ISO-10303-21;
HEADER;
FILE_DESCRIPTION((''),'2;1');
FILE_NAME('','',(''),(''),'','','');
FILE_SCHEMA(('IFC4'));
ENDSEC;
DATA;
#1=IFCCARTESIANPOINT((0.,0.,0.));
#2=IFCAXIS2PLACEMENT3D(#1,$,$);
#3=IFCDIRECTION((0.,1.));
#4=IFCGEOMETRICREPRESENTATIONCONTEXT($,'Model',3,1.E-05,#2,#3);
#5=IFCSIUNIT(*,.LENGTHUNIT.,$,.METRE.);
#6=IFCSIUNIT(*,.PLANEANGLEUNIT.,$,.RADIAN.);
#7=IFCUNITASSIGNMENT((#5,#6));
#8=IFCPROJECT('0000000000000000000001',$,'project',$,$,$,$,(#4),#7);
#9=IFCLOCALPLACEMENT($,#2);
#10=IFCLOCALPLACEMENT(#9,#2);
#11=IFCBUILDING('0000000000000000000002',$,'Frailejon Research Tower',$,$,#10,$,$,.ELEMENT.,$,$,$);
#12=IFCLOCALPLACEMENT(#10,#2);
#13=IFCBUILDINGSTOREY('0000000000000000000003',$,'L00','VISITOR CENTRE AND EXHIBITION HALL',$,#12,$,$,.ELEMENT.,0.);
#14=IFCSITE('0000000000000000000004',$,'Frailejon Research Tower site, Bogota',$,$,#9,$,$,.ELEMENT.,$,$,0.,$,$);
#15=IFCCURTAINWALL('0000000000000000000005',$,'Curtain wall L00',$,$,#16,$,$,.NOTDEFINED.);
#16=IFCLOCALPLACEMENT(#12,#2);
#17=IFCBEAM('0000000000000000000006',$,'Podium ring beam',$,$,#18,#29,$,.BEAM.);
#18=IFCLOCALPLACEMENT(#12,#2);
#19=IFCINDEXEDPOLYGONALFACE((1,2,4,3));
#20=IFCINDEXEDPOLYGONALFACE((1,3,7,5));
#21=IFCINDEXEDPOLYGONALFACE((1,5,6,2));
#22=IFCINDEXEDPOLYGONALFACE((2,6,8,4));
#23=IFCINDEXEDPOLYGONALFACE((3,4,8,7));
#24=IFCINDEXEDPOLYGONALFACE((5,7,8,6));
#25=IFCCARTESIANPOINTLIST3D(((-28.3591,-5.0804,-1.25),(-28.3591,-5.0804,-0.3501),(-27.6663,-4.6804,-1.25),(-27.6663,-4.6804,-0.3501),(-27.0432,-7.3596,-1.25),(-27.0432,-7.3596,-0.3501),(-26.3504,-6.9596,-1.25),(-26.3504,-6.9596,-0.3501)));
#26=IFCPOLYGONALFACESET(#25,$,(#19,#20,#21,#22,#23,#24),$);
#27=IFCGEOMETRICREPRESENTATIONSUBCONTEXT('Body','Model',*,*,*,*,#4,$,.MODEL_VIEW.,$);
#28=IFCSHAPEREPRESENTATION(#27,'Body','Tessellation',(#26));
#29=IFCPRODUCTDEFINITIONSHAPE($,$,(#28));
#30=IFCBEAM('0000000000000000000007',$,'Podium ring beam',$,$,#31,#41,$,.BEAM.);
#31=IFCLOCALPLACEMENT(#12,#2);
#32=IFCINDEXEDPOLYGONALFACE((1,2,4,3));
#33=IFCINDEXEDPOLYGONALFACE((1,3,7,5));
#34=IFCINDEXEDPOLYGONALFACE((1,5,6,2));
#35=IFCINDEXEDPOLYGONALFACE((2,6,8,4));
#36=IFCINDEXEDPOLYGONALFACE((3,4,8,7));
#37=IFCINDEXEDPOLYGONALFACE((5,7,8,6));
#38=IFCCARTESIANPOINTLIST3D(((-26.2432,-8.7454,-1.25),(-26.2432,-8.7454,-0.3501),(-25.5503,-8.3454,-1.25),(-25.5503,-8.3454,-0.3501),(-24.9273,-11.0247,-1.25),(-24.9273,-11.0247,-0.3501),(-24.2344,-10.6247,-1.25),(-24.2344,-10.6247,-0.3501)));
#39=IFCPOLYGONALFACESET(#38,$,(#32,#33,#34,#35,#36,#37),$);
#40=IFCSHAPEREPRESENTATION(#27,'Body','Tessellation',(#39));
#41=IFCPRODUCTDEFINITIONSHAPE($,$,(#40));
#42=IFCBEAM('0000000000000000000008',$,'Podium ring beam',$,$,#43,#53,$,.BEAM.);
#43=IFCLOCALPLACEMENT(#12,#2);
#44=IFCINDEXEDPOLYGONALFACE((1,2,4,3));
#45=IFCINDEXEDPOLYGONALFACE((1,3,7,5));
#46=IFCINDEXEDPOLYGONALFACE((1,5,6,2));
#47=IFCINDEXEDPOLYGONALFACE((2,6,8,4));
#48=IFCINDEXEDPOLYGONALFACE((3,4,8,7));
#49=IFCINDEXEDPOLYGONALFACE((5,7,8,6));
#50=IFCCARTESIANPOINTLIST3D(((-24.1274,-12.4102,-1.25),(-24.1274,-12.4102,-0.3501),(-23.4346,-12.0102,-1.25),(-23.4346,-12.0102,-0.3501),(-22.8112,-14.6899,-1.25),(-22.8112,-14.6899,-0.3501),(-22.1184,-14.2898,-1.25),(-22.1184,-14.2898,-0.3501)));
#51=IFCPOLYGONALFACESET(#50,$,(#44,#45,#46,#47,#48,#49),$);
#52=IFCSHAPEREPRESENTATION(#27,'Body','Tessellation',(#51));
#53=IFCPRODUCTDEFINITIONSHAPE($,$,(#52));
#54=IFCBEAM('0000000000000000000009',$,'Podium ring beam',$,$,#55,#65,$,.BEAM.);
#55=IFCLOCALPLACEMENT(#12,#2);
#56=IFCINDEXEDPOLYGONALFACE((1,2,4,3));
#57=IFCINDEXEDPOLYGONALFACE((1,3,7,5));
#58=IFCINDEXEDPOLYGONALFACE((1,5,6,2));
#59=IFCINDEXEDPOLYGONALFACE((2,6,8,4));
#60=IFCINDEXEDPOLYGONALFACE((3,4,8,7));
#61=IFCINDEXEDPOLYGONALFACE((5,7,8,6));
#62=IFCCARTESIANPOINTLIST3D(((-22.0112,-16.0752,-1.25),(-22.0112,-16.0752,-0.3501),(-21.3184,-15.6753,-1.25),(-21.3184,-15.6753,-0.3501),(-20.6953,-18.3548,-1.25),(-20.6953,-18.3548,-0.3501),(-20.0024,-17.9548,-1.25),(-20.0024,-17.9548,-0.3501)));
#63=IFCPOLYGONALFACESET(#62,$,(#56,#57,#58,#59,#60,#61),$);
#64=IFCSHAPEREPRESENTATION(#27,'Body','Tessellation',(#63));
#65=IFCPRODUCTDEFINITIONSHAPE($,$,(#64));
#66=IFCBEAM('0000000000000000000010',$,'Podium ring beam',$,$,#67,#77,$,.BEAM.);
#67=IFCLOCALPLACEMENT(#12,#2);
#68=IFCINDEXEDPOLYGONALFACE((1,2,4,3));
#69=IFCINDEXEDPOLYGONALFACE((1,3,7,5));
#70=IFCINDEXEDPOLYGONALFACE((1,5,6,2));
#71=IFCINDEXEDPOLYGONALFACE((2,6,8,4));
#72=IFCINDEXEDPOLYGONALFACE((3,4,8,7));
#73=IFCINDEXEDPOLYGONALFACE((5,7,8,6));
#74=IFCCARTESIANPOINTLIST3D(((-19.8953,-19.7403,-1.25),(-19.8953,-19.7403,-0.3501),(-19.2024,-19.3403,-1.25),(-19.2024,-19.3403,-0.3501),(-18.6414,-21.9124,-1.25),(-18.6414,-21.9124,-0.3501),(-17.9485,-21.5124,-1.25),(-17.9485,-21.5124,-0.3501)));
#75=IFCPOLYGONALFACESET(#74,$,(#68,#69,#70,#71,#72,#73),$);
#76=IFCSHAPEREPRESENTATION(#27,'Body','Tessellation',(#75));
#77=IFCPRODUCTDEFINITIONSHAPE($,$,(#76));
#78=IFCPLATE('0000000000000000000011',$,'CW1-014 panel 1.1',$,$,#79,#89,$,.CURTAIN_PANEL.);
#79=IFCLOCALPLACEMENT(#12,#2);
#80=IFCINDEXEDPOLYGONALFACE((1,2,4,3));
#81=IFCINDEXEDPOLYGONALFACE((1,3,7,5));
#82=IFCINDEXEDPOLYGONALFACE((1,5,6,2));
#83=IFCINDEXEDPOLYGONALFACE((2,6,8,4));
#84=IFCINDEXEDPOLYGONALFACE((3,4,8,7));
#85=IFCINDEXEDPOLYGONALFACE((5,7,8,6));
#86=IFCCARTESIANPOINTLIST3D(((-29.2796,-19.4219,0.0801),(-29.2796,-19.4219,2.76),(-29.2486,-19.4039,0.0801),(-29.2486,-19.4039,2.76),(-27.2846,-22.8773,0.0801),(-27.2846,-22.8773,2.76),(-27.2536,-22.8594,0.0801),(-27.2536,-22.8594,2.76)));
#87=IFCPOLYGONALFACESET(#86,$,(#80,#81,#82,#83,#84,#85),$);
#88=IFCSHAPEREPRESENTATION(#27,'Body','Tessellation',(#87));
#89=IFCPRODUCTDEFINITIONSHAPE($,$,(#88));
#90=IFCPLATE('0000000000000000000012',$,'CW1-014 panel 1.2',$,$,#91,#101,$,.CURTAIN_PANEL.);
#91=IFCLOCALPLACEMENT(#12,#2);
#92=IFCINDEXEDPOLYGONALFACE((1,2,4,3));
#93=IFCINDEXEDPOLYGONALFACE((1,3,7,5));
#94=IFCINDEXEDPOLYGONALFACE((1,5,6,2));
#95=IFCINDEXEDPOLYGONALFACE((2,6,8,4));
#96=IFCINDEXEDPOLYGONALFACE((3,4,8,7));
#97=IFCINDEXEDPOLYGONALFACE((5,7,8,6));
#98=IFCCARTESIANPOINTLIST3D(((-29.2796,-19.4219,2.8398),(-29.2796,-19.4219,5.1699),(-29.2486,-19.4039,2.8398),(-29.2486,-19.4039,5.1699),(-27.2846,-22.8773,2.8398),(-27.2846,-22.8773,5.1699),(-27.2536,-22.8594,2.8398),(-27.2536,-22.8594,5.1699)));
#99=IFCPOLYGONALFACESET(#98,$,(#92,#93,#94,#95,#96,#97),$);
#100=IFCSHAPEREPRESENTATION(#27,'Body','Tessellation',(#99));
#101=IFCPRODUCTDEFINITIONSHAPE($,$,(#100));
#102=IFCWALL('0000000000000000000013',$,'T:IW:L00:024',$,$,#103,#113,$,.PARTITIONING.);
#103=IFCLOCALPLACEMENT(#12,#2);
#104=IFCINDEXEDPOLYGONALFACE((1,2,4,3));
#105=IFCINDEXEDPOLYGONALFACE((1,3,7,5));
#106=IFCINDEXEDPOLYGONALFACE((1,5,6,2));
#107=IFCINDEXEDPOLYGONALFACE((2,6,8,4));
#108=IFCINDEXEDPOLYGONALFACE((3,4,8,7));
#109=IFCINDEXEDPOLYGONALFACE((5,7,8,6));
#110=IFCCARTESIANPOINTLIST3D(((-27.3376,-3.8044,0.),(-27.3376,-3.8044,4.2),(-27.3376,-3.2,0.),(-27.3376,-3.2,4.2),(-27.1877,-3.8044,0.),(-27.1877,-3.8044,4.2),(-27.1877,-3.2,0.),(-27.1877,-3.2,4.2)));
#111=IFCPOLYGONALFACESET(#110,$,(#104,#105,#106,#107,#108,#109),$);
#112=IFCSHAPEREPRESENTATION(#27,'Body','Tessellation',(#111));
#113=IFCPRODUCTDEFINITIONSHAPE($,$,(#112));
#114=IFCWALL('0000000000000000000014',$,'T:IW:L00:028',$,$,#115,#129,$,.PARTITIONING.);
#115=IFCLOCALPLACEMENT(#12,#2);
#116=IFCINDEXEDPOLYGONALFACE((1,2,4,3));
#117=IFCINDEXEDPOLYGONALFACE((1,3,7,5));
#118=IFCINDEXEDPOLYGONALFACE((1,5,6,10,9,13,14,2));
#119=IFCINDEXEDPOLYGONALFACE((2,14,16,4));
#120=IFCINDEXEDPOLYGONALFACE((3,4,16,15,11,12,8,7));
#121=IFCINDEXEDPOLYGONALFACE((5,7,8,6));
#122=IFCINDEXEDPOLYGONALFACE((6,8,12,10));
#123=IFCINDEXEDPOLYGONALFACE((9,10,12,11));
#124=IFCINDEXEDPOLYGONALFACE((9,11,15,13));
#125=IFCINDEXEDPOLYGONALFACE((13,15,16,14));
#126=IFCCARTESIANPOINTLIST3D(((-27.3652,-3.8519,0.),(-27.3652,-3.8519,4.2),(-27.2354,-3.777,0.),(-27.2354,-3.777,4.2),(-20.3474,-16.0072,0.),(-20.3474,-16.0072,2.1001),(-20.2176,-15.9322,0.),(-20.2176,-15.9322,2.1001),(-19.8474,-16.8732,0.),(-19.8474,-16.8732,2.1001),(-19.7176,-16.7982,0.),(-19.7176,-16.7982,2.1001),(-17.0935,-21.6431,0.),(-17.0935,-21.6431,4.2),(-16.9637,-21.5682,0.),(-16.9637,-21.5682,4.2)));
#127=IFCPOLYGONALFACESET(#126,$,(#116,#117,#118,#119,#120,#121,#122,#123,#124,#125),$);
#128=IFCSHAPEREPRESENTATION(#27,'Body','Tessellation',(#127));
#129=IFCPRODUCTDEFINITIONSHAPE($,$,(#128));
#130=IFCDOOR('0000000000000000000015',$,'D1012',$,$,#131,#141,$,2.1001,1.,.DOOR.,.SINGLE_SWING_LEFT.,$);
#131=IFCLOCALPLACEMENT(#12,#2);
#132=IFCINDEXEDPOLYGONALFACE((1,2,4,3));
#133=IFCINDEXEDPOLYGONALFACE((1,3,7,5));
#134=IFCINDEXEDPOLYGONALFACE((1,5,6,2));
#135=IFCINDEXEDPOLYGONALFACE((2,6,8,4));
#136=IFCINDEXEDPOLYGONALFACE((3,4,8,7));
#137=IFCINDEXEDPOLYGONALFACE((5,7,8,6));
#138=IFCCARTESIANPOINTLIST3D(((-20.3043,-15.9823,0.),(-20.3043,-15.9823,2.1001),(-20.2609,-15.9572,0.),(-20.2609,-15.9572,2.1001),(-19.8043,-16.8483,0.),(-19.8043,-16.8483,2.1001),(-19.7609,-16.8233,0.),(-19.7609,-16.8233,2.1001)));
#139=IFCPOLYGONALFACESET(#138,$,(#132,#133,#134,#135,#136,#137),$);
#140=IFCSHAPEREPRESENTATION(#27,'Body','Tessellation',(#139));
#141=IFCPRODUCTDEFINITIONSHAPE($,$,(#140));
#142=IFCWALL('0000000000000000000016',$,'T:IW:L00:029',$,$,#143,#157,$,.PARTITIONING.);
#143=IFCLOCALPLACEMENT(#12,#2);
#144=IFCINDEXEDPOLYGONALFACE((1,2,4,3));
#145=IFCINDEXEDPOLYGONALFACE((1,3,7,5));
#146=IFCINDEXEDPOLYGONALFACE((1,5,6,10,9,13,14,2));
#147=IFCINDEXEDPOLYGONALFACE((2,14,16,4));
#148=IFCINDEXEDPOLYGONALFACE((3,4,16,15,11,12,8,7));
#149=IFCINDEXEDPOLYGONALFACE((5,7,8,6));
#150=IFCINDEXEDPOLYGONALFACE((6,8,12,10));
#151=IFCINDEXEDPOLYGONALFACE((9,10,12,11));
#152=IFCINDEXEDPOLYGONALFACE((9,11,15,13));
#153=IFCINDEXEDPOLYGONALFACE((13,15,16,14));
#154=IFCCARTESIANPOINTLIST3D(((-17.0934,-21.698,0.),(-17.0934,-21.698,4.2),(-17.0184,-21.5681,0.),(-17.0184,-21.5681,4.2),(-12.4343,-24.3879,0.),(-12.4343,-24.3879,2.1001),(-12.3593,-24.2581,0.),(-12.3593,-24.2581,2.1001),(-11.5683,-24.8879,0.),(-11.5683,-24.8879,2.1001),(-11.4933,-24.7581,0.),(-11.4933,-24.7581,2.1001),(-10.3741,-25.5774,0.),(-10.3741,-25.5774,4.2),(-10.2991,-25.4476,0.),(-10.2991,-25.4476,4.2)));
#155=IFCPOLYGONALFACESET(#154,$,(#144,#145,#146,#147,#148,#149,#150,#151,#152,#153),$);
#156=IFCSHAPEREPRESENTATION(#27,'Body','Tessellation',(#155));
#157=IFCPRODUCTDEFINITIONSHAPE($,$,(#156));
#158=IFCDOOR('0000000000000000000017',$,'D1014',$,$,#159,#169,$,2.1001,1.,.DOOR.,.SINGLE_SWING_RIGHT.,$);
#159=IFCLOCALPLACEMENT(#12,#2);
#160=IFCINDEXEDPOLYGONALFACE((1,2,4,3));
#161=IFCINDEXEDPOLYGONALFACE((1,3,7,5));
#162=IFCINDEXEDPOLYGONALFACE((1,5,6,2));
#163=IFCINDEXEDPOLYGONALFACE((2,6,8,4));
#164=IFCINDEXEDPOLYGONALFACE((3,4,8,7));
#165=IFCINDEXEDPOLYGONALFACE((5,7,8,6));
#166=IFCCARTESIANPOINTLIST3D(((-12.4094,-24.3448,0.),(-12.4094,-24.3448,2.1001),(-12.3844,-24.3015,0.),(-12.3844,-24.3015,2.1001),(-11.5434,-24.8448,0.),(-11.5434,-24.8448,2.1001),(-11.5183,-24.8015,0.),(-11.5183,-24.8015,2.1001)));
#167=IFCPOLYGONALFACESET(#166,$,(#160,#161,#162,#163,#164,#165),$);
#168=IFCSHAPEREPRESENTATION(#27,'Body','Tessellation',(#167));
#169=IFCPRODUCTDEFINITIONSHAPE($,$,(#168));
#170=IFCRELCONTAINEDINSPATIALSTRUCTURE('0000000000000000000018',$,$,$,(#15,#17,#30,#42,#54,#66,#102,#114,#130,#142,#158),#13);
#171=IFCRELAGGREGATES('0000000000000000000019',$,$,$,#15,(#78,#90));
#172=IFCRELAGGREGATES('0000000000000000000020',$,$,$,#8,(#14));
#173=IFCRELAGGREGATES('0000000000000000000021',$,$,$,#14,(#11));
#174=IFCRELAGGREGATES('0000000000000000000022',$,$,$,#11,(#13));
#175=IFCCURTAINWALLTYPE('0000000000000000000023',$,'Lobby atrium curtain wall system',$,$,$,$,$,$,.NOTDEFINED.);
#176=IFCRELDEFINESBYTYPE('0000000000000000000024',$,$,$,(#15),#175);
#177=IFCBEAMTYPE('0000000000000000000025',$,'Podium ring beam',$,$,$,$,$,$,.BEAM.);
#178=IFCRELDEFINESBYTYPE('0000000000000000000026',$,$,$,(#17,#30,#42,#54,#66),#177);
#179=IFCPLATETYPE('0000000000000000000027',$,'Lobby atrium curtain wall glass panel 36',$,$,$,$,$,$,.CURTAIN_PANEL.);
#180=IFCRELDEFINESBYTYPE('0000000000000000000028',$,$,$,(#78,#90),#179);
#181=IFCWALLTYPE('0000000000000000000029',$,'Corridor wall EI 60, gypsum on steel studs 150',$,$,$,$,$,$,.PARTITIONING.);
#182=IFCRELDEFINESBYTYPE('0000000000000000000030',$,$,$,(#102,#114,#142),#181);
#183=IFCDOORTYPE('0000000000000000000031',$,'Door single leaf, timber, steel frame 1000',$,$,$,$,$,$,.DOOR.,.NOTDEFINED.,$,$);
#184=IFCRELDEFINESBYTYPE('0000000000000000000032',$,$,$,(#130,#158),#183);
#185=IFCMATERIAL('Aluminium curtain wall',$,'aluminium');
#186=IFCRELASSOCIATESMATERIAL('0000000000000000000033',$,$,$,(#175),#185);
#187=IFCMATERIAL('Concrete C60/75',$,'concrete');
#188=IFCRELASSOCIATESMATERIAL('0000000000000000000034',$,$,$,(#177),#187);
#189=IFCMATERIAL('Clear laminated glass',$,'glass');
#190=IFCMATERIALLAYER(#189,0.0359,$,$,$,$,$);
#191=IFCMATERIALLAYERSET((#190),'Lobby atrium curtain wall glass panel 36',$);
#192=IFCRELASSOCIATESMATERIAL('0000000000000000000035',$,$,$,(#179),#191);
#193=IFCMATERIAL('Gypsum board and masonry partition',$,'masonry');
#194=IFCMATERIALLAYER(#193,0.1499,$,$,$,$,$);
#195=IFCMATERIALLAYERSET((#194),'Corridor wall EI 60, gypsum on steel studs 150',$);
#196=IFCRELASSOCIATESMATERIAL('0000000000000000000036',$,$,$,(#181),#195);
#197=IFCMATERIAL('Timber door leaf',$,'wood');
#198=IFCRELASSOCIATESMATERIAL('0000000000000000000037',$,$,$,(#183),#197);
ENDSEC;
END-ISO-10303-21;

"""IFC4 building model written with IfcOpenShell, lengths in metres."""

from ifc_helpers import new_model, si_unit, direction, frame, frame_2d, origin, origin_2d, place, context, subcontext, project, spatial, rectangle, extrude, material, layer, layer_set, material_profile, profile_set, type_object, element, fill, aggregate, save


model = new_model("IFC4")

# Units and contexts
model_context = context("Model", 3, precision=1e-05, world=origin(), true_north=direction((0.0, 1.0)))
body_context = subcontext(model_context, "Body", "Model", "MODEL_VIEW")
ifc_project = project(units=[si_unit("LENGTHUNIT", "METRE"), si_unit("PLANEANGLEUNIT", "RADIAN")], contexts=[model_context])

# Site, building, storey
site_placement = place(None, origin())
site = spatial("IfcSite", under=ifc_project, at=site_placement, Name="Frailejon Research Tower site, Bogota", CompositionType="ELEMENT", RefElevation=0.0)
building_placement = place(site_placement, origin())
building = spatial("IfcBuilding", under=site, at=building_placement, Name="Frailejon Research Tower", CompositionType="ELEMENT")
storey_placement = place(building_placement, origin())
storey = spatial("IfcBuildingStorey", under=building, at=storey_placement, Name="L00", Description="VISITOR CENTRE AND EXHIBITION HALL", CompositionType="ELEMENT", Elevation=0.0)

# Curtain wall
ifc_material_1 = material(Name="Aluminium curtain wall", Category="aluminium")
curtain_wall_type = type_object("IfcCurtainWallType", Name="Lobby atrium curtain wall system", PredefinedType="NOTDEFINED", material=ifc_material_1)
curtain_wall_placement = place(storey_placement, origin())
curtain_wall = element("IfcCurtainWall", 1, at=curtain_wall_placement, inside=storey, type_object=curtain_wall_type, Name="Curtain wall L00", PredefinedType="NOTDEFINED")

# Beams
ifc_material_2 = material(Name="Concrete C60/75", Category="concrete")
ifc_material_profile_1 = material_profile(ifc_material_2, rectangle(XDim=0.8, YDim=0.8999, at=origin_2d()), Name="Podium ring beam")
ifc_profile_set_1 = profile_set([ifc_material_profile_1], Name="Concrete C60/75")
beam_type_1 = type_object("IfcBeamType", Name="Podium ring beam", PredefinedType="BEAM", material=ifc_profile_set_1)
for number, where, z_axis, x_axis, name in (
    (2, (-28.0127, -4.8804, -0.8), (0.49999, -0.866031, 0.0), (0.866031, 0.49999, 0.0), "Podium ring beam"),
    (3, (-25.8967, -8.5454, -0.8), (0.49999, -0.866031, 0.0), (0.866031, 0.49999, 0.0), "Podium ring beam"),
):
    element("IfcBeam", number, at=place(storey_placement, frame(where, z_axis=z_axis, x_axis=x_axis)), inside=storey, type_object=beam_type_1, Name=name, PredefinedType="BEAM", context=body_context, shape_type="SweptSolid", body=[
        extrude(rectangle(XDim=0.8, YDim=0.8999, at=origin_2d()), origin(), (0.0, 0.0, 1.0), 2.6318),
    ])
beam_1_placement = place(storey_placement, frame((-23.781, -12.2102, -0.8), z_axis=(0.50002, -0.866014, 0.0), x_axis=(0.866014, 0.50002, 0.0)))
element("IfcBeam", 4, at=beam_1_placement, inside=storey, type_object=beam_type_1, Name="Podium ring beam", PredefinedType="BEAM", context=body_context, shape_type="SweptSolid", body=[
    extrude(rectangle(XDim=0.8, YDim=0.8999, at=origin_2d()), origin(), (0.0, 0.0, 1.0), 2.6323),
])
beam_2_placement = place(storey_placement, frame((-21.6648, -15.8752, -0.8), z_axis=(0.49995, -0.866054, 0.0), x_axis=(0.866054, 0.49995, 0.0)))
element("IfcBeam", 5, at=beam_2_placement, inside=storey, type_object=beam_type_1, Name="Podium ring beam", PredefinedType="BEAM", context=body_context, shape_type="SweptSolid", body=[
    extrude(rectangle(XDim=0.8, YDim=0.8999, at=origin_2d()), origin(), (0.0, 0.0, 1.0), 2.6321),
])
beam_3_placement = place(storey_placement, frame((-19.5488, -19.5403, -0.8), z_axis=(0.49995, -0.866054, 0.0), x_axis=(0.866054, 0.49995, 0.0)))
element("IfcBeam", 6, at=beam_3_placement, inside=storey, type_object=beam_type_1, Name="Podium ring beam", PredefinedType="BEAM", context=body_context, shape_type="SweptSolid", body=[
    extrude(rectangle(XDim=0.8, YDim=0.8999, at=origin_2d()), origin(), (0.0, 0.0, 1.0), 2.5081),
])

# Plates
ifc_material_3 = material(Name="Clear laminated glass", Category="glass")
ifc_layer_1 = layer(ifc_material_3, 0.0359)
ifc_layer_set_1 = layer_set([ifc_layer_1], Name="Lobby atrium curtain wall glass panel 36")
plate_type = type_object("IfcPlateType", Name="Lobby atrium curtain wall glass panel 36", PredefinedType="CURTAIN_PANEL", material=ifc_layer_set_1)
plate_1_placement = place(storey_placement, frame((-28.2666, -21.1406, 0.0801), z_axis=(0.0, 0.0, 1.0), x_axis=(0.5, -0.866026, 0.0)))
plate_1 = element("IfcPlate", 7, at=plate_1_placement, type_object=plate_type, Name="CW1-014 panel 1.1", PredefinedType="CURTAIN_PANEL", context=body_context, shape_type="SweptSolid", body=[
    extrude(rectangle(XDim=3.99, YDim=0.0359, at=origin_2d()), origin(), (0.0, 0.0, 1.0), 2.6799),
])
plate_2_placement = place(storey_placement, frame((-28.2666, -21.1406, 2.8398), z_axis=(0.0, 0.0, 1.0), x_axis=(0.5, -0.866026, 0.0)))
plate_2 = element("IfcPlate", 8, at=plate_2_placement, type_object=plate_type, Name="CW1-014 panel 1.2", PredefinedType="CURTAIN_PANEL", context=body_context, shape_type="SweptSolid", body=[
    extrude(rectangle(XDim=3.99, YDim=0.0359, at=origin_2d()), origin(), (0.0, 0.0, 1.0), 2.3301),
])
aggregate(curtain_wall, [plate_1, plate_2])

# Wall
ifc_material_4 = material(Name="Gypsum board and masonry partition", Category="masonry")
ifc_layer_2 = layer(ifc_material_4, 0.1499)
ifc_layer_set_2 = layer_set([ifc_layer_2], Name="Corridor wall EI 60, gypsum on steel studs 150")
wall_type_1 = type_object("IfcWallType", Name="Corridor wall EI 60, gypsum on steel studs 150", PredefinedType="PARTITIONING", material=ifc_layer_set_2)
wall_1_placement = place(storey_placement, frame((-27.2627, -3.8044, 0.0), z_axis=(0.0, 0.0, 1.0), x_axis=(0.0, 1.0, 0.0)))
element("IfcWall", 9, at=wall_1_placement, inside=storey, type_object=wall_type_1, Name="T:IW:L00:024", PredefinedType="PARTITIONING", context=body_context, shape_type="SweptSolid", body=[
    extrude(rectangle(XDim=0.6045, YDim=0.1499, at=frame_2d((0.3022, 0.0))), origin(), (0.0, 0.0, 1.0), 4.2),
])

# Walls, openings, doors
wall_2_placement = place(storey_placement, frame((-27.3003, -3.8145, 0.0), z_axis=(0.0, 0.0, 1.0), x_axis=(0.499998, -0.866027, 0.0)))
wall_2 = element("IfcWall", 10, at=wall_2_placement, inside=storey, type_object=wall_type_1, Name="T:IW:L00:028", PredefinedType="PARTITIONING", context=body_context, shape_type="SweptSolid", body=[
    extrude(rectangle(XDim=20.5435, YDim=0.1499, at=frame_2d((10.2717, 0.0))), origin(), (0.0, 0.0, 1.0), 4.2),
])
opening_1_placement = place(wall_2_placement, frame((14.0356, 0.0, 0.0)))
opening_1 = element("IfcOpeningElement", 11, at=opening_1_placement, cuts=wall_2, PredefinedType="OPENING", context=body_context, shape_type="SweptSolid", body=[
    extrude(rectangle(XDim=1.0, YDim=2.1001, at=frame_2d((0.5, 1.05))), frame((0.0, 0.085, 0.0), z_axis=(0.0, -1.0, 0.0), x_axis=(1.0, 0.0, 0.0)), (0.0, 0.0, 1.0), 0.1699),
])
ifc_material_5 = material(Name="Timber door leaf", Category="wood")
door_type_1 = type_object("IfcDoorType", Name="Door single leaf, timber, steel frame 1000", OperationType="NOTDEFINED", PredefinedType="DOOR", material=ifc_material_5)
door_1_placement = place(opening_1_placement, origin())
door_1 = element("IfcDoor", 12, at=door_1_placement, inside=storey, type_object=door_type_1, Name="D1012", OperationType="SINGLE_SWING_LEFT", OverallHeight=2.1001, OverallWidth=1.0, PredefinedType="DOOR", context=body_context, shape_type="SweptSolid", body=[
    extrude(rectangle(XDim=1.0, YDim=2.1001, at=frame_2d((0.5, 1.05))), frame((0.0, 0.0249, 0.0), z_axis=(0.0, -1.0, 0.0), x_axis=(1.0, 0.0, 0.0)), (0.0, 0.0, 1.0), 0.05),
])
fill(opening_1, door_1)
wall_3_placement = place(storey_placement, frame((-17.0559, -21.6331, 0.0), z_axis=(0.0, 0.0, 1.0), x_axis=(0.866023, -0.500004, 0.0)))
wall_3 = element("IfcWall", 13, at=wall_3_placement, inside=storey, type_object=wall_type_1, Name="T:IW:L00:029", PredefinedType="PARTITIONING", context=body_context, shape_type="SweptSolid", body=[
    extrude(rectangle(XDim=7.7588, YDim=0.1499, at=frame_2d((3.8794, 0.0))), origin(), (0.0, 0.0, 1.0), 4.2),
])
opening_2_placement = place(wall_3_placement, frame((5.3799, 0.0, 0.0)))
opening_2 = element("IfcOpeningElement", 14, at=opening_2_placement, cuts=wall_3, PredefinedType="OPENING", context=body_context, shape_type="SweptSolid", body=[
    extrude(rectangle(XDim=1.0, YDim=2.1001, at=frame_2d((0.5, 1.05))), frame((0.0, 0.085, 0.0), z_axis=(0.0, -1.0, 0.0), x_axis=(1.0, 0.0, 0.0)), (0.0, 0.0, 1.0), 0.1699),
])
door_2_placement = place(opening_2_placement, origin())
door_2 = element("IfcDoor", 15, at=door_2_placement, inside=storey, type_object=door_type_1, Name="D1014", OperationType="SINGLE_SWING_RIGHT", OverallHeight=2.1001, OverallWidth=1.0, PredefinedType="DOOR", context=body_context, shape_type="SweptSolid", body=[
    extrude(rectangle(XDim=1.0, YDim=2.1001, at=frame_2d((0.5, 1.05))), frame((0.0, 0.0249, 0.0), z_axis=(0.0, -1.0, 0.0), x_axis=(1.0, 0.0, 0.0)), (0.0, 0.0, 1.0), 0.05),
])
fill(opening_2, door_2)

save(model, "model.ifc")
